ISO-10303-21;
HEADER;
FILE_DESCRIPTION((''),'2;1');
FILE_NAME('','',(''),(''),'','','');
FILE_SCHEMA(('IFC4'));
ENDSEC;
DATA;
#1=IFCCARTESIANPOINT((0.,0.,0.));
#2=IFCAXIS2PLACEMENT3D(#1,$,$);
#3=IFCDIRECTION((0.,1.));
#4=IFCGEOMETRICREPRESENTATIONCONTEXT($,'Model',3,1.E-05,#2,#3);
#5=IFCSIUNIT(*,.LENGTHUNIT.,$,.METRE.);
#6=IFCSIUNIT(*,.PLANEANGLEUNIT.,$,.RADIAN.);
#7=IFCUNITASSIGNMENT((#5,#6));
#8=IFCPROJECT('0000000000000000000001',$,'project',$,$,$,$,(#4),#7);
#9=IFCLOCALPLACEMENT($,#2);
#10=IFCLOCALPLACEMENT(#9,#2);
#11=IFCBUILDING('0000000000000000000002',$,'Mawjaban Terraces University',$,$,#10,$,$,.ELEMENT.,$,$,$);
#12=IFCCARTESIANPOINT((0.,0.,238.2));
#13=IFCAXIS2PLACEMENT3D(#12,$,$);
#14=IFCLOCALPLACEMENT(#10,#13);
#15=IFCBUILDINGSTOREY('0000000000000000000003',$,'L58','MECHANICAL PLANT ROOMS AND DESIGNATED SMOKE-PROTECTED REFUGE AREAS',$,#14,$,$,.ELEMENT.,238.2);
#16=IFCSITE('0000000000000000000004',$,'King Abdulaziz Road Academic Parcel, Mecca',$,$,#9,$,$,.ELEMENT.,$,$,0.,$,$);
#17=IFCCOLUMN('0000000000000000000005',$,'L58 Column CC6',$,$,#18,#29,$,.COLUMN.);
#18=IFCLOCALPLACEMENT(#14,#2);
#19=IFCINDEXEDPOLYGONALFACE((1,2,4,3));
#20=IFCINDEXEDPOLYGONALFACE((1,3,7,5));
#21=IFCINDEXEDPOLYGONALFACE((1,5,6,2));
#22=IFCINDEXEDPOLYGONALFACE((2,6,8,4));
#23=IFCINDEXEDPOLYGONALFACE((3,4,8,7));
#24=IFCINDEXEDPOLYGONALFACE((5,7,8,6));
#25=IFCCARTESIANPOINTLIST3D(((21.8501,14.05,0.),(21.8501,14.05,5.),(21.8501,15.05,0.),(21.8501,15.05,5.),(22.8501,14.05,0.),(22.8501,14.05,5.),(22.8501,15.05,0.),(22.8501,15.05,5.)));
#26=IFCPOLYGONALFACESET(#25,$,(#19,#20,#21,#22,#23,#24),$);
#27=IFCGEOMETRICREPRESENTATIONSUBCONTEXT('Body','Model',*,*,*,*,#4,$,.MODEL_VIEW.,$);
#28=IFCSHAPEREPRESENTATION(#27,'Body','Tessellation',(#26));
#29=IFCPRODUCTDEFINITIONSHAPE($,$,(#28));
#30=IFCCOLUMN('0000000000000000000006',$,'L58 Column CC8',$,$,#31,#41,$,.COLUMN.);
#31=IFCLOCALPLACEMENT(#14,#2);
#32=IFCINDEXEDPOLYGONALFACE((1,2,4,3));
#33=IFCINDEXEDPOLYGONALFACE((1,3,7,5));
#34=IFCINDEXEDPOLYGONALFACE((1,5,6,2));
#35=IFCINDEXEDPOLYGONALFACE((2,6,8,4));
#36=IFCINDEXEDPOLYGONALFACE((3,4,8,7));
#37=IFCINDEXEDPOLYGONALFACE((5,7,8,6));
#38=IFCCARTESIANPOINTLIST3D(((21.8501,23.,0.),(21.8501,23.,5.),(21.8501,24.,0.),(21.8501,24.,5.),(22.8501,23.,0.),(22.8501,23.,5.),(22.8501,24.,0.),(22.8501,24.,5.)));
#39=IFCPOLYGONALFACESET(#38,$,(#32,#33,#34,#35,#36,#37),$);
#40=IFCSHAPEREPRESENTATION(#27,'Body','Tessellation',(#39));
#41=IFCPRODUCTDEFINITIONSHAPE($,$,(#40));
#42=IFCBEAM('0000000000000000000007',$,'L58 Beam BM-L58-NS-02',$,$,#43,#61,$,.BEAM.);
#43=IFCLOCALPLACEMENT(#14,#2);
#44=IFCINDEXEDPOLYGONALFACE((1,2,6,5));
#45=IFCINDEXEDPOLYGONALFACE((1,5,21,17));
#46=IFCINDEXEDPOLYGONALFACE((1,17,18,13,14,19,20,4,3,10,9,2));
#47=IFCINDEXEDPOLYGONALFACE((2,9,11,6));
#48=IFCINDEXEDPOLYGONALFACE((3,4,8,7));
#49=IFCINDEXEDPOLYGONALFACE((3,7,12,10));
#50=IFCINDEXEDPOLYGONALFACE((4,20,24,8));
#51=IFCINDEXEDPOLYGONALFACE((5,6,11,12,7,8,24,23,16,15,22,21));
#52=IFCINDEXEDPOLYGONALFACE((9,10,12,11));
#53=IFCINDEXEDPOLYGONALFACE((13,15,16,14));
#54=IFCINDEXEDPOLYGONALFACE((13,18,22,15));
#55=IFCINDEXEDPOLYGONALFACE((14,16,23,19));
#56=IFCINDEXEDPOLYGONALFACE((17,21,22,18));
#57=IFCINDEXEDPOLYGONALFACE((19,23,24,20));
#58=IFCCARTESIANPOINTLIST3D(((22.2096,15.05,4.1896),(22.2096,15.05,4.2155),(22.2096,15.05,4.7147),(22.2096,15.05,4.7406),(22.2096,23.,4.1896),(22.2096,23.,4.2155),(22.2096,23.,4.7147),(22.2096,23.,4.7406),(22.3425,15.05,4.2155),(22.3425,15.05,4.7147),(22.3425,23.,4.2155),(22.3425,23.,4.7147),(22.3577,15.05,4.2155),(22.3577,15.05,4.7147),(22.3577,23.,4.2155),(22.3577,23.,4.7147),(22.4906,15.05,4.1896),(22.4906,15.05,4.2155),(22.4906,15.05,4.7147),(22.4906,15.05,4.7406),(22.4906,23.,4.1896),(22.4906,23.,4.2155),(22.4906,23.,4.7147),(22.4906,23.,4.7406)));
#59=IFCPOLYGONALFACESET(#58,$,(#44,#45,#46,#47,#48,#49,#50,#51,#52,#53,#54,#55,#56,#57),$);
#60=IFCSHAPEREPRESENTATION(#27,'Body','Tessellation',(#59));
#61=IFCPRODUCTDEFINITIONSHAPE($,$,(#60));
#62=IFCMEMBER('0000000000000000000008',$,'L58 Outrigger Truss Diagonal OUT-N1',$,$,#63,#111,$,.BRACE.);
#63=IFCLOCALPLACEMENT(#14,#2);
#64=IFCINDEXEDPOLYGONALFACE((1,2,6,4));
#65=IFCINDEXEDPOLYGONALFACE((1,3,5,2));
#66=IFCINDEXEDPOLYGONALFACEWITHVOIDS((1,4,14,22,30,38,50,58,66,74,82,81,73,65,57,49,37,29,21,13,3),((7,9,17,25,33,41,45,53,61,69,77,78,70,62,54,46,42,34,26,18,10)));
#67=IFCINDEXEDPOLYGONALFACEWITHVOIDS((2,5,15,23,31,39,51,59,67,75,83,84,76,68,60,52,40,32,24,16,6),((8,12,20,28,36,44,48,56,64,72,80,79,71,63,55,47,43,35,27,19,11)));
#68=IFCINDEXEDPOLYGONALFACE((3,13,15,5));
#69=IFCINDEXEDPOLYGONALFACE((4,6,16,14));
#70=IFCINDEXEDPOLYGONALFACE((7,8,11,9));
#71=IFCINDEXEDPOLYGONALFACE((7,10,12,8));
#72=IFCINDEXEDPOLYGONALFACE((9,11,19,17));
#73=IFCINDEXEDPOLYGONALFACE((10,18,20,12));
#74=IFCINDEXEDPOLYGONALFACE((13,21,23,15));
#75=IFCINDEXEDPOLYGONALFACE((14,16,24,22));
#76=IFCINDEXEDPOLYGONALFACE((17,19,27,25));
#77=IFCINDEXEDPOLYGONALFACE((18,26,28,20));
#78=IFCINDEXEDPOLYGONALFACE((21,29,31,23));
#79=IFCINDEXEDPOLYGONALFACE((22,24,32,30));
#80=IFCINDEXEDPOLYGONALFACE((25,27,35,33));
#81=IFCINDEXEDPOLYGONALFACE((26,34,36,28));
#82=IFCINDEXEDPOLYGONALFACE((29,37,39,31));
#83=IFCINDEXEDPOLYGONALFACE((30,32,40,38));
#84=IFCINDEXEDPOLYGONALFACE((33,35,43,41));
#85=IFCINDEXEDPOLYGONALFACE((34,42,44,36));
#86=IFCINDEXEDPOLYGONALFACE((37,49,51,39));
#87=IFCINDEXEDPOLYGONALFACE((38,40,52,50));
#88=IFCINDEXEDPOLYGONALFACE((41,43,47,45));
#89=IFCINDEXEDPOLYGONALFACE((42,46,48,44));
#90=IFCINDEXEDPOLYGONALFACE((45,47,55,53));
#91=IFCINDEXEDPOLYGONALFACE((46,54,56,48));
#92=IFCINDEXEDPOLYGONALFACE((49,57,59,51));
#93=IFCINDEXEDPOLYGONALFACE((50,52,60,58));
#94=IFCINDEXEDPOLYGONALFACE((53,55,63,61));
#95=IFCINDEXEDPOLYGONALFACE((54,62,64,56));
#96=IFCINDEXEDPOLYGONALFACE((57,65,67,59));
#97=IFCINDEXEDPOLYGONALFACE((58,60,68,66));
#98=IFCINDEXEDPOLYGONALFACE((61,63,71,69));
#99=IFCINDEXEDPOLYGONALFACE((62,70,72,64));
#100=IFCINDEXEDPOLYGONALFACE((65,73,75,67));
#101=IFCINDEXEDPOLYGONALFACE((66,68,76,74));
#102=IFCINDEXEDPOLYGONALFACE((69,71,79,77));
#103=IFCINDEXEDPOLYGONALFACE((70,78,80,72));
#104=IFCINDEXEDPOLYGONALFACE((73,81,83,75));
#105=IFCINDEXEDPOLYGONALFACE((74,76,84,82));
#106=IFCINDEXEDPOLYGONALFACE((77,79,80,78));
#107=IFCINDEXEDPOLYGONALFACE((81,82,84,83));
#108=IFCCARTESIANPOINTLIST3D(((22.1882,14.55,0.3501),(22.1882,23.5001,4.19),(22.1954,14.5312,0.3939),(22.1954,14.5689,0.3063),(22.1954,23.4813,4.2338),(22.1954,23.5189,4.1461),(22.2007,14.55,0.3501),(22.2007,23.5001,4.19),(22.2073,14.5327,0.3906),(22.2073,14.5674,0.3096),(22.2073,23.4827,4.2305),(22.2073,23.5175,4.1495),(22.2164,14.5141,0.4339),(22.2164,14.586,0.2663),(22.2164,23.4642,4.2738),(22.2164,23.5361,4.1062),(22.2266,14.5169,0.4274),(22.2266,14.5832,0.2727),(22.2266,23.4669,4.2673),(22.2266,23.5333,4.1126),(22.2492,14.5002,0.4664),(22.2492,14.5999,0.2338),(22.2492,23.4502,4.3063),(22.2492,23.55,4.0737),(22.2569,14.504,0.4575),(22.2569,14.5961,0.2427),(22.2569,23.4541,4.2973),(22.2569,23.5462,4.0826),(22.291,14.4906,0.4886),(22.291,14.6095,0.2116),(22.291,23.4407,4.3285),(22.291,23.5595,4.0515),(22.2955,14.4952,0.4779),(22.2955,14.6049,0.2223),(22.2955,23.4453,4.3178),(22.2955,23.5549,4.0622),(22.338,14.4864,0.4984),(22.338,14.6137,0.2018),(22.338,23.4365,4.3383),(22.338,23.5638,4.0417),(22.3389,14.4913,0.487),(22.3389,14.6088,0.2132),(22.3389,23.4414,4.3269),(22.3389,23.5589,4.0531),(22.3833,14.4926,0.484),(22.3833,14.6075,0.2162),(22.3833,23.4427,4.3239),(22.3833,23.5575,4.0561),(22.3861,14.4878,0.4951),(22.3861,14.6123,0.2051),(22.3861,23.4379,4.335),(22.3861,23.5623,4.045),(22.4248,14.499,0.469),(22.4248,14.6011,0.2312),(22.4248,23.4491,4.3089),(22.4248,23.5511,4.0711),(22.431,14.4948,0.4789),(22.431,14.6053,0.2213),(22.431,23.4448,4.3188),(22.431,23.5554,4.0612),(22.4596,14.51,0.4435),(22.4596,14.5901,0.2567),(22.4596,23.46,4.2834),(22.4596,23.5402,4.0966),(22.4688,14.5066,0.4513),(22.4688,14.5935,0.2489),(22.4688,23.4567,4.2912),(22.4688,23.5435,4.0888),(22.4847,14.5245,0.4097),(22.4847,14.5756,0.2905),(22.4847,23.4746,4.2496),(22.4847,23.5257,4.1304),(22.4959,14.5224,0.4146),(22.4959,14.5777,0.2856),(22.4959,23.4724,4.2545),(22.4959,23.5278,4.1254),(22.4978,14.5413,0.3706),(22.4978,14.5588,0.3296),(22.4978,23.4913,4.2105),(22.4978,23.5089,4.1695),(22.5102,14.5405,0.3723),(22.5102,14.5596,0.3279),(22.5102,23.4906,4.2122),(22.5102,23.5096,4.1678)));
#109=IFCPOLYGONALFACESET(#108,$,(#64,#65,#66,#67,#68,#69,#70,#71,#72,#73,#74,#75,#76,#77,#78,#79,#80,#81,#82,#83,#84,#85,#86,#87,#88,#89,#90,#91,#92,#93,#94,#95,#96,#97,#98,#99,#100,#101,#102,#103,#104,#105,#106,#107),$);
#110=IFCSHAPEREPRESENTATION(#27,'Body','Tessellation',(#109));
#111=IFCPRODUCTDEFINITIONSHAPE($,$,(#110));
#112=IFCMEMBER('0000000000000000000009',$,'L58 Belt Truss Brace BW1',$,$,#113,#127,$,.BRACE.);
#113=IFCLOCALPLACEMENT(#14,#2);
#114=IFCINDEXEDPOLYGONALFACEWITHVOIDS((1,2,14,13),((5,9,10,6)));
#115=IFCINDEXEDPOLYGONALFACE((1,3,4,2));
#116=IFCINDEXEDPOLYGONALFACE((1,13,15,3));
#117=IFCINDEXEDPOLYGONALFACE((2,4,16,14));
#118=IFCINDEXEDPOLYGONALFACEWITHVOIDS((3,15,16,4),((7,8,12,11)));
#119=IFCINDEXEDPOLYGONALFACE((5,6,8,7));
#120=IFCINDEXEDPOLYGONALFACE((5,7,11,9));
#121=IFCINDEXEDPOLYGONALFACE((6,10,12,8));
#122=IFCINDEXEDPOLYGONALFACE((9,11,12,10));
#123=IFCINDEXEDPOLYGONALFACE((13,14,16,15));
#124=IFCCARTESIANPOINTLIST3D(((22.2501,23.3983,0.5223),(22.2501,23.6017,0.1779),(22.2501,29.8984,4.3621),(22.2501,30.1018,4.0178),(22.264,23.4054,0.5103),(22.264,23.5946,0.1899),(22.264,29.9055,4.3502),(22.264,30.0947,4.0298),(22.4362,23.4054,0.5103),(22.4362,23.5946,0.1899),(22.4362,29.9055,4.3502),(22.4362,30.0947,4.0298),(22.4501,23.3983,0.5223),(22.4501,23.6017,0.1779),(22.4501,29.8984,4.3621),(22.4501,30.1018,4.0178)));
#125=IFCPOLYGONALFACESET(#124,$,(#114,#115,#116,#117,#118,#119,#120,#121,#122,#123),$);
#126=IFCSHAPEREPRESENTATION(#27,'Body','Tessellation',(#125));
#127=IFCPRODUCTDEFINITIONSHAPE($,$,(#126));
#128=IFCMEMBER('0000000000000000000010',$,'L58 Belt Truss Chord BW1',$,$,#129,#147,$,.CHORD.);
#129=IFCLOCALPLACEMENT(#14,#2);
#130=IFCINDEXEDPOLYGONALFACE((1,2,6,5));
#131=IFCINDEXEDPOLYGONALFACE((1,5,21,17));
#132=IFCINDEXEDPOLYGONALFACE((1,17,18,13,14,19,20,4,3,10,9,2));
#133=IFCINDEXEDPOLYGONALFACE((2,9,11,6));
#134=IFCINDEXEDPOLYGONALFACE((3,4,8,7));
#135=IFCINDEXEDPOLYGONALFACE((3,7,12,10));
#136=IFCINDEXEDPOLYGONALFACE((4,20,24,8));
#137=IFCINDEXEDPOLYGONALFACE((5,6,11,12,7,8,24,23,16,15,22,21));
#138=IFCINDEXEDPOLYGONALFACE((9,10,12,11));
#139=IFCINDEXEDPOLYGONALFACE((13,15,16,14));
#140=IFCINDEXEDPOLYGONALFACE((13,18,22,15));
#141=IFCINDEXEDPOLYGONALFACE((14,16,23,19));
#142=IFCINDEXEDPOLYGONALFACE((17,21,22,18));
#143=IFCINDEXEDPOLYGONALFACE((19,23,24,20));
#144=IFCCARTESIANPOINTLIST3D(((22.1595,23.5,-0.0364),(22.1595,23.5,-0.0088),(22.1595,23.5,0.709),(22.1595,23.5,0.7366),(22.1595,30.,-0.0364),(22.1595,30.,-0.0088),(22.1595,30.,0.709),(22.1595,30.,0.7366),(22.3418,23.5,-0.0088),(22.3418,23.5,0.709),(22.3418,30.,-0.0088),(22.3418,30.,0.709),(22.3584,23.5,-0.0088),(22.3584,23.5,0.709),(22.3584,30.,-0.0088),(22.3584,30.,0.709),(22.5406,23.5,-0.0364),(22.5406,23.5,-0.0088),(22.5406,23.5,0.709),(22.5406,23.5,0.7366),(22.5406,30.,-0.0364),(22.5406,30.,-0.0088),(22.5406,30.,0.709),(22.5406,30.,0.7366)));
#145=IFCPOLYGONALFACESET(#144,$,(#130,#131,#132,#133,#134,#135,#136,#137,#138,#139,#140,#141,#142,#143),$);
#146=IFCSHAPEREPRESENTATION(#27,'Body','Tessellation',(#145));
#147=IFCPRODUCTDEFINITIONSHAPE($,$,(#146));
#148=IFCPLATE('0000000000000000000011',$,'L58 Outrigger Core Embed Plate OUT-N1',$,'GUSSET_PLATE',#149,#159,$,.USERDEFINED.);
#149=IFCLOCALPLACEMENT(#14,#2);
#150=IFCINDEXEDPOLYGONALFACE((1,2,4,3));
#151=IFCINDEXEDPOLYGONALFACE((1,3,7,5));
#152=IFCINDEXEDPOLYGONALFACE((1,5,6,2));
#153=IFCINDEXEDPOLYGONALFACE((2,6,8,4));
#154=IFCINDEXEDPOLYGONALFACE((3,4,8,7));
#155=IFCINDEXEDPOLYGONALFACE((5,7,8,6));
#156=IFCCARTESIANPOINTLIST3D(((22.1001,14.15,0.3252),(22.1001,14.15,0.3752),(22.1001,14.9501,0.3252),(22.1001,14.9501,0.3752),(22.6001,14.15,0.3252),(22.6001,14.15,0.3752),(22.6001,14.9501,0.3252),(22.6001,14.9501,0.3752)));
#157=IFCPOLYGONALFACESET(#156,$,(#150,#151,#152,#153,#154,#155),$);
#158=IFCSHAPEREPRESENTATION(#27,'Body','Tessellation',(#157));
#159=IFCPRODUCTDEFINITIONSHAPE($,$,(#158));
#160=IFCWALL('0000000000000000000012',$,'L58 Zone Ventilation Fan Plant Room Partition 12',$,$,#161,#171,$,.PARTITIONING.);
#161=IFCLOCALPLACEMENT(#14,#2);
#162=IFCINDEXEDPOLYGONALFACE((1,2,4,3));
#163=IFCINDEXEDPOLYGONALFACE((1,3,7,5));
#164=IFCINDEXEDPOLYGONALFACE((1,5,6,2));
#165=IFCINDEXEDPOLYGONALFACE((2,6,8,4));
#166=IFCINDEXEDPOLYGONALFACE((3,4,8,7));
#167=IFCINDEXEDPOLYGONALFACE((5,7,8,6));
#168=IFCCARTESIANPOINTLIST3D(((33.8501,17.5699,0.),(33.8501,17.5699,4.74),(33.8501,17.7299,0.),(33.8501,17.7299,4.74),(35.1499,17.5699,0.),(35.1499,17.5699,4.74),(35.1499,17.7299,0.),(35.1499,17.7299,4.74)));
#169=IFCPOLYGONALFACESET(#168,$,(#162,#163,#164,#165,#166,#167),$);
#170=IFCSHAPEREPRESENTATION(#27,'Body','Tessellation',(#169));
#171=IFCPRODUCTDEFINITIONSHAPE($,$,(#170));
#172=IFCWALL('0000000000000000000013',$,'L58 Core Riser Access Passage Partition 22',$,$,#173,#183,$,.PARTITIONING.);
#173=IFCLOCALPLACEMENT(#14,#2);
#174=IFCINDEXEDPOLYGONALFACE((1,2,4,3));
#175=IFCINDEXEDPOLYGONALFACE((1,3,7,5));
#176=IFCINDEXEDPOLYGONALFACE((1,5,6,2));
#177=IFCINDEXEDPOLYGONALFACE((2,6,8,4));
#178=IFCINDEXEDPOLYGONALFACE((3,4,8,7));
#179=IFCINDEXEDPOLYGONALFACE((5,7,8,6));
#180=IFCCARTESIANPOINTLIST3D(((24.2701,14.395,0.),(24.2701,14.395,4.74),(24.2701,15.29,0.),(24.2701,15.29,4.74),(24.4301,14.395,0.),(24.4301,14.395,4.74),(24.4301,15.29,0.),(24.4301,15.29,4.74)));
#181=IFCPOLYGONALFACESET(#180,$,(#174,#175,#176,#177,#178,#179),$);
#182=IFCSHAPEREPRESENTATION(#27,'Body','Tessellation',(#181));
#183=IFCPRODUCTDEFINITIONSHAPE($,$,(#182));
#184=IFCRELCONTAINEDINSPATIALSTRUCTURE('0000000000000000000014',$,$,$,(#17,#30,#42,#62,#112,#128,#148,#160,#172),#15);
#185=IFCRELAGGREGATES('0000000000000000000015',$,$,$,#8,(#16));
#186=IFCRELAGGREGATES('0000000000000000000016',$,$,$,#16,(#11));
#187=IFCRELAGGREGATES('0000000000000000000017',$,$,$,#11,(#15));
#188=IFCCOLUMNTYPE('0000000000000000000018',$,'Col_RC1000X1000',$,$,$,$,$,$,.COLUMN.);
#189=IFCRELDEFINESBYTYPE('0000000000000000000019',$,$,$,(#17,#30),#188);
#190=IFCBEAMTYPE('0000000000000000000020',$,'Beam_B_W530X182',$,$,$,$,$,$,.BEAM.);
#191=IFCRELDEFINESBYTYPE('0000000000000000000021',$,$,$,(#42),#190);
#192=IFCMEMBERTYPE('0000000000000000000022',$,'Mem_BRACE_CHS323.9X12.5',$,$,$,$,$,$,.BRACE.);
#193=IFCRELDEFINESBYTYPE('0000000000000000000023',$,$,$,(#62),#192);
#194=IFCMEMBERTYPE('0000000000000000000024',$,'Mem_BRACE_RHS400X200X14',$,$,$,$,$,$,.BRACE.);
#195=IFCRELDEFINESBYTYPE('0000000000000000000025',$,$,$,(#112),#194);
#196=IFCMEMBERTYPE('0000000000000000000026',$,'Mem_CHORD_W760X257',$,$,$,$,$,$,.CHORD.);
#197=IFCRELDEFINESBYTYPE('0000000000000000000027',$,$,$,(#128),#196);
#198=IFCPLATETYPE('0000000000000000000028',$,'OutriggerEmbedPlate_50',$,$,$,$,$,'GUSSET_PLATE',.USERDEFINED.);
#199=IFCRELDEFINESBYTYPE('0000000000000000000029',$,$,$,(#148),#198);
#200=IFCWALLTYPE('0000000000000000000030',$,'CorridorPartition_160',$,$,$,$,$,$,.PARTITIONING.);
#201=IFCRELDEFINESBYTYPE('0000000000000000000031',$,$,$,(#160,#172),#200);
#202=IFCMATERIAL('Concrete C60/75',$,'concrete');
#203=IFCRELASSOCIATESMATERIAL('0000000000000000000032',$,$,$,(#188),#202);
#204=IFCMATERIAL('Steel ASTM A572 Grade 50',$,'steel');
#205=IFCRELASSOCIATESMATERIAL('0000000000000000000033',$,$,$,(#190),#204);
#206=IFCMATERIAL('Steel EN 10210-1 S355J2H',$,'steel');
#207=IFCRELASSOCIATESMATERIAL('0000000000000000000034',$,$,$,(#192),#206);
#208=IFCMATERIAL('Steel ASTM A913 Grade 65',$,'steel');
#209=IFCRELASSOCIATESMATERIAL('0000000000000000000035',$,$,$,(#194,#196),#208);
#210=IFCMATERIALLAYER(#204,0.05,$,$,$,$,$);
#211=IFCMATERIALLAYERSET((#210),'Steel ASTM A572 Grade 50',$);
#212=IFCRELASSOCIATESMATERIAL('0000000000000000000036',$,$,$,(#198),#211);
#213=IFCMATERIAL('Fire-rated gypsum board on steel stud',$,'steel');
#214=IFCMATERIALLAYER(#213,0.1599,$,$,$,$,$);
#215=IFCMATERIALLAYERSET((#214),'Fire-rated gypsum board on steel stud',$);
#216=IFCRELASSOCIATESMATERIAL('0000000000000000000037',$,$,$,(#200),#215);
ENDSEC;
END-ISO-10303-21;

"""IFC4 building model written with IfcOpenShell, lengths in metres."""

from ifc_helpers import new_model, si_unit, direction, frame, frame_2d, origin, origin_2d, place, context, subcontext, project, spatial, rectangle, hollow_rectangle, hollow_circle, i_section, extrude, material, layer, layer_set, material_profile, profile_set, type_object, element, save


model = new_model("IFC4")

# Units and contexts
model_context = context("Model", 3, precision=1e-05, world=origin(), true_north=direction((0.0, 1.0)))
body_context = subcontext(model_context, "Body", "Model", "MODEL_VIEW")
ifc_project = project(units=[si_unit("LENGTHUNIT", "METRE"), si_unit("PLANEANGLEUNIT", "RADIAN")], contexts=[model_context])

# Site, building, storey
site_placement = place(None, origin())
site = spatial("IfcSite", under=ifc_project, at=site_placement, Name="King Abdulaziz Road Academic Parcel, Mecca", CompositionType="ELEMENT", RefElevation=0.0)
building_placement = place(site_placement, origin())
building = spatial("IfcBuilding", under=site, at=building_placement, Name="Mawjaban Terraces University", CompositionType="ELEMENT")
storey_placement = place(building_placement, frame((0.0, 0.0, 238.2)))
storey = spatial("IfcBuildingStorey", under=building, at=storey_placement, Name="L58", Description="MECHANICAL PLANT ROOMS AND DESIGNATED SMOKE-PROTECTED REFUGE AREAS", CompositionType="ELEMENT", Elevation=238.2)

# Columns
ifc_material_1 = material(Name="Concrete C60/75", Category="concrete")
ifc_material_profile_1 = material_profile(ifc_material_1, rectangle(XDim=1.0, YDim=1.0, at=origin_2d()), Name="RC1000X1000")
ifc_profile_set_1 = profile_set([ifc_material_profile_1], Name="Concrete C60/75")
column_type = type_object("IfcColumnType", Name="Col_RC1000X1000", PredefinedType="COLUMN", material=ifc_profile_set_1)
for number, where, z_axis, x_axis, name in (
    (1, (22.3501, 14.55, 0.0), (0.0, 0.0, 1.0), (1.0, 0.0, 0.0), "L58 Column CC6"),
    (2, (22.3501, 23.5, 0.0), (0.0, 0.0, 1.0), (1.0, 0.0, 0.0), "L58 Column CC8"),
):
    element("IfcColumn", number, at=place(storey_placement, frame(where, z_axis=z_axis, x_axis=x_axis)), inside=storey, type_object=column_type, Name=name, PredefinedType="COLUMN", context=body_context, shape_type="SweptSolid", body=[
        extrude(rectangle(XDim=1.0, YDim=1.0, at=origin_2d()), origin(), (0.0, 0.0, 1.0), 5.0),
    ])

# Beam
ifc_material_2 = material(Name="Steel ASTM A572 Grade 50", Category="steel")
ifc_material_profile_2 = material_profile(ifc_material_2, i_section(OverallWidth=0.281, OverallDepth=0.551, WebThickness=0.0151, FlangeThickness=0.0259, at=origin_2d()), Name="W530X182")
ifc_profile_set_2 = profile_set([ifc_material_profile_2], Name="Steel ASTM A572 Grade 50")
beam_type = type_object("IfcBeamType", Name="Beam_B_W530X182", PredefinedType="BEAM", material=ifc_profile_set_2)
beam_placement = place(storey_placement, frame((22.3501, 15.05, 4.4651), z_axis=(0.0, 1.0, 0.0), x_axis=(-1.0, 0.0, 0.0)))
element("IfcBeam", 3, at=beam_placement, inside=storey, type_object=beam_type, Name="L58 Beam BM-L58-NS-02", PredefinedType="BEAM", context=body_context, shape_type="SweptSolid", body=[
    extrude(i_section(OverallWidth=0.281, OverallDepth=0.551, WebThickness=0.0151, FlangeThickness=0.0259, at=origin_2d()), origin(), (0.0, 0.0, 1.0), 7.95),
])

# Members
ifc_material_3 = material(Name="Steel EN 10210-1 S355J2H", Category="steel")
ifc_material_profile_3 = material_profile(ifc_material_3, hollow_circle(Radius=0.1619, WallThickness=0.0125, at=origin_2d()), Name="CHS323.9X12.5")
ifc_profile_set_3 = profile_set([ifc_material_profile_3], Name="Steel EN 10210-1 S355J2H")
member_type_1 = type_object("IfcMemberType", Name="Mem_BRACE_CHS323.9X12.5", PredefinedType="BRACE", material=ifc_profile_set_3)
member_1_placement = place(storey_placement, frame((22.3501, 14.55, 0.3501), z_axis=(0.0, 0.918991, 0.394279), x_axis=(-1.0, 0.0, 0.0)))
element("IfcMember", 4, at=member_1_placement, inside=storey, type_object=member_type_1, Name="L58 Outrigger Truss Diagonal OUT-N1", PredefinedType="BRACE", context=body_context, shape_type="SweptSolid", body=[
    extrude(hollow_circle(Radius=0.1619, WallThickness=0.0125, at=origin_2d()), origin(), (0.0, 0.0, 1.0), 9.739),
])
ifc_material_4 = material(Name="Steel ASTM A913 Grade 65", Category="steel")
ifc_material_profile_4 = material_profile(ifc_material_4, hollow_rectangle(XDim=0.2, YDim=0.3999, WallThickness=0.0139, at=origin_2d()), Name="RHS400X200X14")
ifc_profile_set_4 = profile_set([ifc_material_profile_4], Name="Steel ASTM A913 Grade 65")
member_type_2 = type_object("IfcMemberType", Name="Mem_BRACE_RHS400X200X14", PredefinedType="BRACE", material=ifc_profile_set_4)
member_2_placement = place(storey_placement, frame((22.3501, 23.5, 0.3501), z_axis=(0.0, 0.860988, 0.508625), x_axis=(-1.0, 0.0, 0.0)))
element("IfcMember", 5, at=member_2_placement, inside=storey, type_object=member_type_2, Name="L58 Belt Truss Brace BW1", PredefinedType="BRACE", context=body_context, shape_type="SweptSolid", body=[
    extrude(hollow_rectangle(XDim=0.2, YDim=0.3999, WallThickness=0.0139, at=origin_2d()), origin(), (0.0, 0.0, 1.0), 7.5496),
])
ifc_material_profile_5 = material_profile(ifc_material_4, i_section(OverallWidth=0.3811, OverallDepth=0.7729, WebThickness=0.0166, FlangeThickness=0.0276, at=origin_2d()), Name="W760X257")
ifc_profile_set_5 = profile_set([ifc_material_profile_5], Name="Steel ASTM A913 Grade 65")
member_type_3 = type_object("IfcMemberType", Name="Mem_CHORD_W760X257", PredefinedType="CHORD", material=ifc_profile_set_5)
member_3_placement = place(storey_placement, frame((22.3501, 23.5, 0.3501), z_axis=(0.0, 1.0, 0.0), x_axis=(-1.0, 0.0, 0.0)))
element("IfcMember", 6, at=member_3_placement, inside=storey, type_object=member_type_3, Name="L58 Belt Truss Chord BW1", PredefinedType="CHORD", context=body_context, shape_type="SweptSolid", body=[
    extrude(i_section(OverallWidth=0.3811, OverallDepth=0.7729, WebThickness=0.0166, FlangeThickness=0.0276, at=origin_2d()), origin(), (0.0, 0.0, 1.0), 6.5),
])

# Plate
ifc_layer_1 = layer(ifc_material_2, 0.05)
ifc_layer_set_1 = layer_set([ifc_layer_1], Name="Steel ASTM A572 Grade 50")
plate_type = type_object("IfcPlateType", Name="OutriggerEmbedPlate_50", ElementType="GUSSET_PLATE", PredefinedType="USERDEFINED", material=ifc_layer_set_1)
plate_placement = place(storey_placement, frame((22.3501, 14.55, 0.3252), z_axis=(0.0, 0.0, 1.0), x_axis=(0.0, 1.0, 0.0)))
element("IfcPlate", 7, at=plate_placement, inside=storey, type_object=plate_type, Name="L58 Outrigger Core Embed Plate OUT-N1", ObjectType="GUSSET_PLATE", PredefinedType="USERDEFINED", context=body_context, shape_type="SweptSolid", body=[
    extrude(rectangle(XDim=0.8, YDim=0.5, at=origin_2d()), origin(), (0.0, 0.0, 1.0), 0.05),
])

# Walls
ifc_material_5 = material(Name="Fire-rated gypsum board on steel stud", Category="steel")
ifc_layer_2 = layer(ifc_material_5, 0.1599)
ifc_layer_set_2 = layer_set([ifc_layer_2], Name="Fire-rated gypsum board on steel stud")
wall_type_1 = type_object("IfcWallType", Name="CorridorPartition_160", PredefinedType="PARTITIONING", material=ifc_layer_set_2)
wall_1_placement = place(storey_placement, frame((33.8501, 17.6499, 0.0), z_axis=(0.0, 0.0, 1.0), x_axis=(1.0, 0.0, 0.0)))
element("IfcWall", 8, at=wall_1_placement, inside=storey, type_object=wall_type_1, Name="L58 Zone Ventilation Fan Plant Room Partition 12", PredefinedType="PARTITIONING", context=body_context, shape_type="SweptSolid", body=[
    extrude(rectangle(XDim=1.2998, YDim=0.1599, at=frame_2d((0.6499, 0.0))), origin(), (0.0, 0.0, 1.0), 4.74),
])
wall_2_placement = place(storey_placement, frame((24.3501, 15.29, 0.0), z_axis=(0.0, 0.0, 1.0), x_axis=(0.0, -1.0, 0.0)))
element("IfcWall", 9, at=wall_2_placement, inside=storey, type_object=wall_type_1, Name="L58 Core Riser Access Passage Partition 22", PredefinedType="PARTITIONING", context=body_context, shape_type="SweptSolid", body=[
    extrude(rectangle(XDim=0.895, YDim=0.1599, at=frame_2d((0.4475, 0.0))), origin(), (0.0, 0.0, 1.0), 4.74),
])

save(model, "model.ifc")
